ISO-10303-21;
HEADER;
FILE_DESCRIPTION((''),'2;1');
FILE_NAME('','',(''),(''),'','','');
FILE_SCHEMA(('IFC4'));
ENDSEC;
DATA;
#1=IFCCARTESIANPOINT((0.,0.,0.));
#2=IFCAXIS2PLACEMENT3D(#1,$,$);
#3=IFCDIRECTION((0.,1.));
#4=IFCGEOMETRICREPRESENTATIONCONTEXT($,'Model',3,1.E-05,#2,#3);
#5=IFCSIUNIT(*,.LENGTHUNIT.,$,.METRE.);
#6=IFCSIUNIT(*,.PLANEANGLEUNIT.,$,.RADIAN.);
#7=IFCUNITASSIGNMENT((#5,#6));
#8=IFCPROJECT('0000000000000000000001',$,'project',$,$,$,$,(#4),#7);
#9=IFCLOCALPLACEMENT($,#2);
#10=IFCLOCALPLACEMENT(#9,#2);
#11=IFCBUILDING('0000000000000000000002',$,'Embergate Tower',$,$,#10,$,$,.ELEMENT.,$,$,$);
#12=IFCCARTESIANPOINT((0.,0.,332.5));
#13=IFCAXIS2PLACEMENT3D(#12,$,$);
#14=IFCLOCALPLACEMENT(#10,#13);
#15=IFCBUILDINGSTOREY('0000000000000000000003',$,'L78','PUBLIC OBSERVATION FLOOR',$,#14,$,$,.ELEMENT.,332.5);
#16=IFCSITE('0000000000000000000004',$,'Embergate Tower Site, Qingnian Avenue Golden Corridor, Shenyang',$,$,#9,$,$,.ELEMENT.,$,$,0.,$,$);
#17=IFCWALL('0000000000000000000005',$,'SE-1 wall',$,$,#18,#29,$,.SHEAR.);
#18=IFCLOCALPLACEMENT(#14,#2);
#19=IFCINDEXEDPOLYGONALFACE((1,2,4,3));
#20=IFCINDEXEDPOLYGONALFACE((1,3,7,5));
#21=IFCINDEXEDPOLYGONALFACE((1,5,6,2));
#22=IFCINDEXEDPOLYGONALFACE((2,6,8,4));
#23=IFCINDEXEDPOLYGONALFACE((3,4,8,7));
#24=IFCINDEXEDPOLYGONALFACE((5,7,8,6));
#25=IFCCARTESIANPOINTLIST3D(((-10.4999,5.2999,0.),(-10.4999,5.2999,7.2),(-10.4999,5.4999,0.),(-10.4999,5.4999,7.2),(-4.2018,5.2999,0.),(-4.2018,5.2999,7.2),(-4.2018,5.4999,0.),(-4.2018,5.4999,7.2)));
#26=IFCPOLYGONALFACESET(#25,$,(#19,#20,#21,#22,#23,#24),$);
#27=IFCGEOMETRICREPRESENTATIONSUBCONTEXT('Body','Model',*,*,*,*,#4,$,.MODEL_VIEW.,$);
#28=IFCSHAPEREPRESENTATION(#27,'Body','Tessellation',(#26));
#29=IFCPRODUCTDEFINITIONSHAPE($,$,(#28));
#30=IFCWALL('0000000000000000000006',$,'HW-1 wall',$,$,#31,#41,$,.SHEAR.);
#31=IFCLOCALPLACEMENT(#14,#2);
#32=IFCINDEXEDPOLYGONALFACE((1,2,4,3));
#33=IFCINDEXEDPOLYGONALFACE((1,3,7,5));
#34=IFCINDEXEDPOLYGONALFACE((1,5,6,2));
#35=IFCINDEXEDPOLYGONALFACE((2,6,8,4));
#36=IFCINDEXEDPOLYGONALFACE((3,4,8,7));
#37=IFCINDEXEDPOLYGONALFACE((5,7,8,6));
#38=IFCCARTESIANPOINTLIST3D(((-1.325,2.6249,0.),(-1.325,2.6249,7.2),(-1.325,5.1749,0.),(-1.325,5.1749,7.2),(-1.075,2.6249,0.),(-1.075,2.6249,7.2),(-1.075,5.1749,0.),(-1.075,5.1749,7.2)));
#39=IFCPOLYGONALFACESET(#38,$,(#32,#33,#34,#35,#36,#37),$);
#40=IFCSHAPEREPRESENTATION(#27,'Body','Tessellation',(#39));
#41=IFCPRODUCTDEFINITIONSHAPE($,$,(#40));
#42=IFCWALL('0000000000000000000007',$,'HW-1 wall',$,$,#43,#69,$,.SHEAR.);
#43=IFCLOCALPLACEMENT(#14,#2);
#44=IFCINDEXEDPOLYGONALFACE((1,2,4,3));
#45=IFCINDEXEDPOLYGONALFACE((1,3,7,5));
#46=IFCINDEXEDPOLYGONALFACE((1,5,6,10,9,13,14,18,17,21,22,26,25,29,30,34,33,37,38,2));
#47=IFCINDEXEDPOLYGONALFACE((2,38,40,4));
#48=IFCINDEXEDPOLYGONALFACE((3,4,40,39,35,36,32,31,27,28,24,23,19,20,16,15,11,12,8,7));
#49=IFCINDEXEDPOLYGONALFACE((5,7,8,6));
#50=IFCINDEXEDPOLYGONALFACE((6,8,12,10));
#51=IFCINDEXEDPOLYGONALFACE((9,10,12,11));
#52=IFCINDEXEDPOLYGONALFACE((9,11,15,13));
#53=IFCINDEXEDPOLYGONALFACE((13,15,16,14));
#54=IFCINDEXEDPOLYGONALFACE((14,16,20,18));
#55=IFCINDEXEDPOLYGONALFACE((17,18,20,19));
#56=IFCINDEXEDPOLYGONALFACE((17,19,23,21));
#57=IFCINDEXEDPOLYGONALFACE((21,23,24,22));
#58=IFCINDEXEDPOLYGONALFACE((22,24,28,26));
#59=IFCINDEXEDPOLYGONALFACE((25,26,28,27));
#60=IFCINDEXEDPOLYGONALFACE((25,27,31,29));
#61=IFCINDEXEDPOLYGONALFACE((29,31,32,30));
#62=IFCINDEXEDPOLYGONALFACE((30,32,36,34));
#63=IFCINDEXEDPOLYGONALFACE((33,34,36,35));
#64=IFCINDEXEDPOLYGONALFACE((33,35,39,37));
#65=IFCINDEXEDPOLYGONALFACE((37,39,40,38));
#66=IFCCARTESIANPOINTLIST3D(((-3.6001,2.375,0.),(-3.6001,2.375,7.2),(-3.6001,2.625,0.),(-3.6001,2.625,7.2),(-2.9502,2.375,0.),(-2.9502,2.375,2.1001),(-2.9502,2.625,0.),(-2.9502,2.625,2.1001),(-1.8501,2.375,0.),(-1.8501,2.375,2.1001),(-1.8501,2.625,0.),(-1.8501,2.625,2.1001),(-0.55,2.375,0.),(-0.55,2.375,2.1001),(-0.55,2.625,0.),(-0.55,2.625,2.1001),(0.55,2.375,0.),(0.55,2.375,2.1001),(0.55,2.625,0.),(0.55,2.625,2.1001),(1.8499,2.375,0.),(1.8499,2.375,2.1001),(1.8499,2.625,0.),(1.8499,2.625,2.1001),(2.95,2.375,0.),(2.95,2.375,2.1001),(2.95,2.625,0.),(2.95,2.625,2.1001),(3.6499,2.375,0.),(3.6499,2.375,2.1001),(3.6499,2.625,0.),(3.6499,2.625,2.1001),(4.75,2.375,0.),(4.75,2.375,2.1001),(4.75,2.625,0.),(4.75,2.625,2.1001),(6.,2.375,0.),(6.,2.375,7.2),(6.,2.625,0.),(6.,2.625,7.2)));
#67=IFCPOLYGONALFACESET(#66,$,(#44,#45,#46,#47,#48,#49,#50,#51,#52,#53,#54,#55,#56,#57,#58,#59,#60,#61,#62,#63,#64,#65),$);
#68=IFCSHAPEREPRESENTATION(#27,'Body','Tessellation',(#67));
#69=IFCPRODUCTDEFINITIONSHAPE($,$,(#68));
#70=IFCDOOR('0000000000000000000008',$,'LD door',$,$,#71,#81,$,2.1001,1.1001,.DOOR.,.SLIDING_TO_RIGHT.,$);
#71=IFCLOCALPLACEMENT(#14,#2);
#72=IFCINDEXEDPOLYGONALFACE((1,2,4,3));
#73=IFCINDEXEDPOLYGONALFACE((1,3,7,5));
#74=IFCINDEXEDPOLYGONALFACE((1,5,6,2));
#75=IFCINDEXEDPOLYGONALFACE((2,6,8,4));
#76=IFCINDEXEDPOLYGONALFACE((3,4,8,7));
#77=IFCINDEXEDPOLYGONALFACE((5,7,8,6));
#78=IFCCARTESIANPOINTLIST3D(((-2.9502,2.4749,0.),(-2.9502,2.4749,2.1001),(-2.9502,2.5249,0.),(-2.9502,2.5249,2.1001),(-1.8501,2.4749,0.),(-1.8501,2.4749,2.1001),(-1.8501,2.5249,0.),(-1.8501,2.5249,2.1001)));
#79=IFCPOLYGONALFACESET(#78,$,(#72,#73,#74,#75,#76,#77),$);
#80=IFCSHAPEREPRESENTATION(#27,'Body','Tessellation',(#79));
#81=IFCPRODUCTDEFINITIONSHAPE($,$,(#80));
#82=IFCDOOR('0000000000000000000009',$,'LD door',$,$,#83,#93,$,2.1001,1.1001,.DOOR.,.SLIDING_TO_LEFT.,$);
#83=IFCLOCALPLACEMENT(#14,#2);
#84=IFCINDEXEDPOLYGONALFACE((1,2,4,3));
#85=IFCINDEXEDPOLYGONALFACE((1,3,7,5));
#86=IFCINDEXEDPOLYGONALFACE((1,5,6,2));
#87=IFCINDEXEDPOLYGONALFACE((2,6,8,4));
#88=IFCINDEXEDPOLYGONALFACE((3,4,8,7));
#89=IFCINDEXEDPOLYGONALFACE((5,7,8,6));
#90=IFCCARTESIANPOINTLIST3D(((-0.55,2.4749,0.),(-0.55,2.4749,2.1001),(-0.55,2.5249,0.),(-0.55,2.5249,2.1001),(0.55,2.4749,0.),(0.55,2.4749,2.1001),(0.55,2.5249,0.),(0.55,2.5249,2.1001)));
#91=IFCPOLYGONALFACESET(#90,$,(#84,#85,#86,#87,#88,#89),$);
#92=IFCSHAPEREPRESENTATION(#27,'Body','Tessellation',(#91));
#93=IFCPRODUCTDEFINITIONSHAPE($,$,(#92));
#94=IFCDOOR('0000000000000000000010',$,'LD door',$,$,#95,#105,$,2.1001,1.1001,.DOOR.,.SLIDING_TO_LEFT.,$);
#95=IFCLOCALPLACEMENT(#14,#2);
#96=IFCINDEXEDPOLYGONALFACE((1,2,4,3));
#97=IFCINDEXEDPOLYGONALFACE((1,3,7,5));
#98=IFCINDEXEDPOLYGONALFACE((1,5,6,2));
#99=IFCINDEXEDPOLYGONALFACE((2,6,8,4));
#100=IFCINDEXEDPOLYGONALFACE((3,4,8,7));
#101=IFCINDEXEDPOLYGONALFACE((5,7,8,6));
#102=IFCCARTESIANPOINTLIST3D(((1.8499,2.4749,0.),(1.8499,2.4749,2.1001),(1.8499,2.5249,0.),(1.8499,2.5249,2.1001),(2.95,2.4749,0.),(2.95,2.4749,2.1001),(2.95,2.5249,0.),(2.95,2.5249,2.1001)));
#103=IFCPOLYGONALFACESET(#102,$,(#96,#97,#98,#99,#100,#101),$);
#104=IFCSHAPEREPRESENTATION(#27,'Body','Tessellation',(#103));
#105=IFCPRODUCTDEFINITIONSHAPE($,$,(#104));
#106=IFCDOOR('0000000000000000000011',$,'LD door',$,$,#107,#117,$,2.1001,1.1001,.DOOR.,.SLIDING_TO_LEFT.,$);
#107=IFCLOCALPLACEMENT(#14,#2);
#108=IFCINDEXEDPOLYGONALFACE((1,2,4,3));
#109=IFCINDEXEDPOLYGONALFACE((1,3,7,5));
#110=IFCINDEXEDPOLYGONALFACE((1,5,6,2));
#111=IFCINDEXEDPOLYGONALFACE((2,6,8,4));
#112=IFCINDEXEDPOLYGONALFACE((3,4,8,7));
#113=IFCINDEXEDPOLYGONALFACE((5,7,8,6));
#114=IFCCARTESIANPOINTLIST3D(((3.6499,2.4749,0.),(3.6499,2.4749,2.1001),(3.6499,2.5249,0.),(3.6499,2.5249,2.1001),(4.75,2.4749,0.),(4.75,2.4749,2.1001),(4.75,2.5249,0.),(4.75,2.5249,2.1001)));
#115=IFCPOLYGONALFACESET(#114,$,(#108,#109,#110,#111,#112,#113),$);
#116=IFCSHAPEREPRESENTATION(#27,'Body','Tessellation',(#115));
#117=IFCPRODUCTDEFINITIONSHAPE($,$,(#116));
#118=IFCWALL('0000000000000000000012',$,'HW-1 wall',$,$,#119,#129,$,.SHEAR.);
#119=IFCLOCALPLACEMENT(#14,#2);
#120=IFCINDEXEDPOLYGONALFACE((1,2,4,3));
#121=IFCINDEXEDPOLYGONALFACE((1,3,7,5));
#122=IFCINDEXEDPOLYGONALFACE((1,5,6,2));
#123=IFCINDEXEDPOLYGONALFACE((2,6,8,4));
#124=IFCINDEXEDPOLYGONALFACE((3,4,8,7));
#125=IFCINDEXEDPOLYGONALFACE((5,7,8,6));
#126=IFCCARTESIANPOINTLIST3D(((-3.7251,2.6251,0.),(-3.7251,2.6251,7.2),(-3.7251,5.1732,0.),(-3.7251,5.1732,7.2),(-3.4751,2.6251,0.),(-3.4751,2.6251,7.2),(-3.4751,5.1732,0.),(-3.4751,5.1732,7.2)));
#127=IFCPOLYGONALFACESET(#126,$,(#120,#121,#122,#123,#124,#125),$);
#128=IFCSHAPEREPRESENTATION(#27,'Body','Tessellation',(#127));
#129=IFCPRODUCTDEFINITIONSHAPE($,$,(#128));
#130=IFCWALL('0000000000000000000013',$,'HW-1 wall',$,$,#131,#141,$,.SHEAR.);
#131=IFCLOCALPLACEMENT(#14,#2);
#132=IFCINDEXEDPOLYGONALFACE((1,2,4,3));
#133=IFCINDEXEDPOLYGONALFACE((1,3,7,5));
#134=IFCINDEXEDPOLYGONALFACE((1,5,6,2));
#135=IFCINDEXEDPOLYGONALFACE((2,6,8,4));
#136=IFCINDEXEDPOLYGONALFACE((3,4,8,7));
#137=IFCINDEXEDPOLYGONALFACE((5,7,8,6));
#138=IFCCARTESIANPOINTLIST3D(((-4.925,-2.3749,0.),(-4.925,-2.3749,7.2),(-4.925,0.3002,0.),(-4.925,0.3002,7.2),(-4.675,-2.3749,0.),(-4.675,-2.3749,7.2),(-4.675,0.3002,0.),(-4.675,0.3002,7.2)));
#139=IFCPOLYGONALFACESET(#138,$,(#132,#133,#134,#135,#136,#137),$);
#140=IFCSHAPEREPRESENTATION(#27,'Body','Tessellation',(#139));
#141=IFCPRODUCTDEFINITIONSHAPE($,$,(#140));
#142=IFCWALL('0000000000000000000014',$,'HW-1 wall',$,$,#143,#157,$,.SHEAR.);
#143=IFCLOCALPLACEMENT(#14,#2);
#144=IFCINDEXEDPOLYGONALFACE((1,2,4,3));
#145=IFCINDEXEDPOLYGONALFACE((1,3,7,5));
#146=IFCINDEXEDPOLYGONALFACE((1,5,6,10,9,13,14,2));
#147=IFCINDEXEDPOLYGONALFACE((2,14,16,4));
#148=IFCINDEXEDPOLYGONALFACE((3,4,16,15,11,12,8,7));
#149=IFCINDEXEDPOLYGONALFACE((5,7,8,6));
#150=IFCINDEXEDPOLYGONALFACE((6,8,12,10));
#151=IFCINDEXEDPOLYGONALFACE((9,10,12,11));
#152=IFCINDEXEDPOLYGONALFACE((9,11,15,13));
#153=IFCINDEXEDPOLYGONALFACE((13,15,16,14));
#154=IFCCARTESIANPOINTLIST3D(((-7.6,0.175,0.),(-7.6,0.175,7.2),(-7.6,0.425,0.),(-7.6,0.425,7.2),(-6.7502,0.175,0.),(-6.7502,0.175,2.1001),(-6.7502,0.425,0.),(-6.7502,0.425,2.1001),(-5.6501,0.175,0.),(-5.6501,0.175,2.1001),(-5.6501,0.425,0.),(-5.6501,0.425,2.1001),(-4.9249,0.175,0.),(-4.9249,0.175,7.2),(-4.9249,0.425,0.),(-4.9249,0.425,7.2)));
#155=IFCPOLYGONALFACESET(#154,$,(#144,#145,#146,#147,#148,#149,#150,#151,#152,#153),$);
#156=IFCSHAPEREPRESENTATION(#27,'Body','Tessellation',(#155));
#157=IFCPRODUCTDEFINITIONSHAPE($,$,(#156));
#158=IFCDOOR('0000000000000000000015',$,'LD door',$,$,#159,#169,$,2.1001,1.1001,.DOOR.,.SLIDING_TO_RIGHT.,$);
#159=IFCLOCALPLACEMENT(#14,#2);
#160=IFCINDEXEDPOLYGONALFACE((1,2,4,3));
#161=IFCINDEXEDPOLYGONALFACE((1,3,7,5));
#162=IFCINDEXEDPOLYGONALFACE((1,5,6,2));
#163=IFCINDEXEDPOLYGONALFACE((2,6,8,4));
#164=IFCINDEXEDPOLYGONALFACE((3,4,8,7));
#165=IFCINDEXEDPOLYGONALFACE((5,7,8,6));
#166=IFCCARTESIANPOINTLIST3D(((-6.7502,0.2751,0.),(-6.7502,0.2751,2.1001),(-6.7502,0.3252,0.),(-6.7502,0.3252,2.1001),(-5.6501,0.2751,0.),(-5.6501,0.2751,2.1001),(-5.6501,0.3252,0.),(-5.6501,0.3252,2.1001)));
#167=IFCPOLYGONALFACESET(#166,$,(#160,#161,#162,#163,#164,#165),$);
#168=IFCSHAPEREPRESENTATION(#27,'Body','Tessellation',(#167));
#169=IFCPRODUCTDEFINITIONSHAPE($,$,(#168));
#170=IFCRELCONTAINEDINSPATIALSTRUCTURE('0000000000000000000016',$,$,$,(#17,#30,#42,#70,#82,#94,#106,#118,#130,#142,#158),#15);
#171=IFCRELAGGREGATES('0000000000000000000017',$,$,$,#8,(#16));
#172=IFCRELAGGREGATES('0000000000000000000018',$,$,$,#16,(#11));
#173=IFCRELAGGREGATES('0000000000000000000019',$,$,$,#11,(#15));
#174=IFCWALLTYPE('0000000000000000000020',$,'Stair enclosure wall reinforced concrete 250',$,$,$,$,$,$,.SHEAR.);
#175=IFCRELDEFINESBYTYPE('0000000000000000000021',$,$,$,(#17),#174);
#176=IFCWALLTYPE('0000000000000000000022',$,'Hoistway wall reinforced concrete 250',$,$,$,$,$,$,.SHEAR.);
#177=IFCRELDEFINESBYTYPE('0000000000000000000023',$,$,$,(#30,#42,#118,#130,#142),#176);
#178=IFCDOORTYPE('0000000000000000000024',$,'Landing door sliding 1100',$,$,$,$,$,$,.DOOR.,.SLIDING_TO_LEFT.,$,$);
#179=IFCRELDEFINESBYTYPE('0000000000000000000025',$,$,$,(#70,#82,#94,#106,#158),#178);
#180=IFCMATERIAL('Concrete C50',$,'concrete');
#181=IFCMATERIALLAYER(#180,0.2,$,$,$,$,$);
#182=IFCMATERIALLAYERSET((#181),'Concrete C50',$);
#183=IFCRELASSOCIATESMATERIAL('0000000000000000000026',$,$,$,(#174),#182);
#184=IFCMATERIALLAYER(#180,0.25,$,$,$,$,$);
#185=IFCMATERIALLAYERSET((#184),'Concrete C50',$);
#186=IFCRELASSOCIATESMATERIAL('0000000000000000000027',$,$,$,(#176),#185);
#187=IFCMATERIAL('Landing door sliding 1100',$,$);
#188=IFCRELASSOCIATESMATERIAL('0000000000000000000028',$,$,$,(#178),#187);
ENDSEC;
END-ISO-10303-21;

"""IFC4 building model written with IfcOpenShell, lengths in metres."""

from ifc_helpers import new_model, si_unit, direction, frame, frame_2d, origin, place, context, subcontext, project, spatial, rectangle, extrude, source, transform, mapped, material, layer, layer_set, type_object, element, fill, save


model = new_model("IFC4")

# Units and contexts
model_context = context("Model", 3, precision=1e-05, world=origin(), true_north=direction((0.0, 1.0)))
body_context = subcontext(model_context, "Body", "Model", "MODEL_VIEW")
ifc_project = project(units=[si_unit("LENGTHUNIT", "METRE"), si_unit("PLANEANGLEUNIT", "RADIAN")], contexts=[model_context])

# Site, building, storey
site_placement = place(None, origin())
site = spatial("IfcSite", under=ifc_project, at=site_placement, Name="Embergate Tower Site, Qingnian Avenue Golden Corridor, Shenyang", CompositionType="ELEMENT", RefElevation=0.0)
building_placement = place(site_placement, origin())
building = spatial("IfcBuilding", under=site, at=building_placement, Name="Embergate Tower", CompositionType="ELEMENT")
storey_placement = place(building_placement, frame((0.0, 0.0, 332.5)))
storey = spatial("IfcBuildingStorey", under=building, at=storey_placement, Name="L78", Description="PUBLIC OBSERVATION FLOOR", CompositionType="ELEMENT", Elevation=332.5)

# Walls
ifc_material_1 = material(Name="Concrete C50", Category="concrete")
ifc_layer_1 = layer(ifc_material_1, 0.2)
ifc_layer_set_1 = layer_set([ifc_layer_1], Name="Concrete C50")
wall_type_1 = type_object("IfcWallType", Name="Stair enclosure wall reinforced concrete 250", PredefinedType="SHEAR", material=ifc_layer_set_1)
shared_shape_1 = source(origin(), body_context, "Body", "SweptSolid", [
    extrude(rectangle(XDim=6.2981, YDim=0.2, at=frame_2d((3.1489, 0.0))), origin(), (0.0, 0.0, 1.0), 7.2),
])
wall_1_placement = place(storey_placement, frame((-4.2019, 5.3999, 0.0), z_axis=(0.0, 0.0, 1.0), x_axis=(-1.0, 0.0, 0.0)))
element("IfcWall", 1, at=wall_1_placement, inside=storey, type_object=wall_type_1, Name="SE-1 wall", PredefinedType="SHEAR", context=body_context, shape_type="MappedRepresentation", body=[
    mapped(shared_shape_1, transform((0.0, 0.0, 0.0))),
])
ifc_layer_2 = layer(ifc_material_1, 0.25)
ifc_layer_set_2 = layer_set([ifc_layer_2], Name="Concrete C50")
wall_type_2 = type_object("IfcWallType", Name="Hoistway wall reinforced concrete 250", PredefinedType="SHEAR", material=ifc_layer_set_2)
shared_shape_2 = source(origin(), body_context, "Body", "SweptSolid", [
    extrude(rectangle(XDim=2.55, YDim=0.25, at=frame_2d((1.2749, 0.0))), origin(), (0.0, 0.0, 1.0), 7.2),
])
wall_2_placement = place(storey_placement, frame((-1.2, 2.625, 0.0), z_axis=(0.0, 0.0, 1.0), x_axis=(0.0, 1.0, 0.0)))
element("IfcWall", 2, at=wall_2_placement, inside=storey, type_object=wall_type_2, Name="HW-1 wall", PredefinedType="SHEAR", context=body_context, shape_type="MappedRepresentation", body=[
    mapped(shared_shape_2, transform((0.0, 0.0, 0.0))),
])

# Wall, openings, doors
shared_shape_3 = source(origin(), body_context, "Body", "SweptSolid", [
    extrude(rectangle(XDim=9.6001, YDim=0.25, at=frame_2d((4.8, 0.0))), origin(), (0.0, 0.0, 1.0), 7.2),
])
wall_3_placement = place(storey_placement, frame((-3.6001, 2.5, 0.0), z_axis=(0.0, 0.0, 1.0), x_axis=(1.0, 0.0, 0.0)))
wall_3 = element("IfcWall", 3, at=wall_3_placement, inside=storey, type_object=wall_type_2, Name="HW-1 wall", PredefinedType="SHEAR", context=body_context, shape_type="MappedRepresentation", body=[
    mapped(shared_shape_3, transform((0.0, 0.0, 0.0))),
])
shared_shape_4 = source(origin(), body_context, "Body", "SweptSolid", [
    extrude(rectangle(XDim=1.1001, YDim=2.1001, at=frame_2d((0.55, 1.05))), frame((0.0, 0.135, 0.0), z_axis=(0.0, -1.0, 0.0), x_axis=(1.0, 0.0, 0.0)), (0.0, 0.0, 1.0), 0.27),
])
opening_1_placement = place(wall_3_placement, frame((0.6499, 0.0, 0.0)))
opening_1 = element("IfcOpeningElement", 4, at=opening_1_placement, cuts=wall_3, PredefinedType="OPENING", context=body_context, shape_type="MappedRepresentation", body=[
    mapped(shared_shape_4, transform((0.0, 0.0, 0.0))),
])
opening_2_placement = place(wall_3_placement, frame((3.05, 0.0, 0.0)))
opening_2 = element("IfcOpeningElement", 5, at=opening_2_placement, cuts=wall_3, PredefinedType="OPENING", context=body_context, shape_type="MappedRepresentation", body=[
    mapped(shared_shape_4, transform((0.0, 0.0, 0.0))),
])
opening_3_placement = place(wall_3_placement, frame((5.45, 0.0, 0.0)))
opening_3 = element("IfcOpeningElement", 6, at=opening_3_placement, cuts=wall_3, PredefinedType="OPENING", context=body_context, shape_type="MappedRepresentation", body=[
    mapped(shared_shape_4, transform((0.0, 0.0, 0.0))),
])
opening_4_placement = place(wall_3_placement, frame((7.25, 0.0, 0.0)))
opening_4 = element("IfcOpeningElement", 7, at=opening_4_placement, cuts=wall_3, PredefinedType="OPENING", context=body_context, shape_type="MappedRepresentation", body=[
    mapped(shared_shape_4, transform((0.0, 0.0, 0.0))),
])
ifc_material_2 = material(Name="Landing door sliding 1100")
door_type_1 = type_object("IfcDoorType", Name="Landing door sliding 1100", OperationType="SLIDING_TO_LEFT", PredefinedType="DOOR", material=ifc_material_2)
shared_shape_5 = source(origin(), body_context, "Body", "SweptSolid", [
    extrude(rectangle(XDim=1.1001, YDim=2.1001, at=frame_2d((0.55, 1.05))), frame((0.0, 0.0249, 0.0), z_axis=(0.0, -1.0, 0.0), x_axis=(1.0, 0.0, 0.0)), (0.0, 0.0, 1.0), 0.05),
])
door_1_placement = place(opening_1_placement, origin())
door_1 = element("IfcDoor", 8, at=door_1_placement, inside=storey, type_object=door_type_1, Name="LD door", OperationType="SLIDING_TO_RIGHT", OverallHeight=2.1001, OverallWidth=1.1001, PredefinedType="DOOR", context=body_context, shape_type="MappedRepresentation", body=[
    mapped(shared_shape_5, transform((0.0, 0.0, 0.0))),
])
fill(opening_1, door_1)
door_2_placement = place(opening_2_placement, origin())
door_2 = element("IfcDoor", 9, at=door_2_placement, inside=storey, type_object=door_type_1, Name="LD door", OperationType="SLIDING_TO_LEFT", OverallHeight=2.1001, OverallWidth=1.1001, PredefinedType="DOOR", context=body_context, shape_type="MappedRepresentation", body=[
    mapped(shared_shape_5, transform((0.0, 0.0, 0.0))),
])
fill(opening_2, door_2)
door_3_placement = place(opening_3_placement, origin())
door_3 = element("IfcDoor", 10, at=door_3_placement, inside=storey, type_object=door_type_1, Name="LD door", OperationType="SLIDING_TO_LEFT", OverallHeight=2.1001, OverallWidth=1.1001, PredefinedType="DOOR", context=body_context, shape_type="MappedRepresentation", body=[
    mapped(shared_shape_5, transform((0.0, 0.0, 0.0))),
])
fill(opening_3, door_3)
door_4_placement = place(opening_4_placement, origin())
door_4 = element("IfcDoor", 11, at=door_4_placement, inside=storey, type_object=door_type_1, Name="LD door", OperationType="SLIDING_TO_LEFT", OverallHeight=2.1001, OverallWidth=1.1001, PredefinedType="DOOR", context=body_context, shape_type="MappedRepresentation", body=[
    mapped(shared_shape_5, transform((0.0, 0.0, 0.0))),
])
fill(opening_4, door_4)

# Walls
shared_shape_6 = source(origin(), body_context, "Body", "SweptSolid", [
    extrude(rectangle(XDim=2.5481, YDim=0.25, at=frame_2d((1.2739, 0.0))), origin(), (0.0, 0.0, 1.0), 7.2),
])
wall_4_placement = place(storey_placement, frame((-3.6001, 5.1731, 0.0), z_axis=(0.0, 0.0, 1.0), x_axis=(0.0, -1.0, 0.0)))
element("IfcWall", 12, at=wall_4_placement, inside=storey, type_object=wall_type_2, Name="HW-1 wall", PredefinedType="SHEAR", context=body_context, shape_type="MappedRepresentation", body=[
    mapped(shared_shape_6, transform((0.0, 0.0, 0.0))),
])
shared_shape_7 = source(origin(), body_context, "Body", "SweptSolid", [
    extrude(rectangle(XDim=2.675, YDim=0.25, at=frame_2d((1.3374, 0.0))), origin(), (0.0, 0.0, 1.0), 7.2),
])
wall_5_placement = place(storey_placement, frame((-4.8, 0.3, 0.0), z_axis=(0.0, 0.0, 1.0), x_axis=(0.0, -1.0, 0.0)))
element("IfcWall", 13, at=wall_5_placement, inside=storey, type_object=wall_type_2, Name="HW-1 wall", PredefinedType="SHEAR", context=body_context, shape_type="MappedRepresentation", body=[
    mapped(shared_shape_7, transform((0.0, 0.0, 0.0))),
])

# Wall, opening, door
wall_6_placement = place(storey_placement, frame((-4.925, 0.3, 0.0), z_axis=(0.0, 0.0, 1.0), x_axis=(-1.0, 0.0, 0.0)))
wall_6 = element("IfcWall", 14, at=wall_6_placement, inside=storey, type_object=wall_type_2, Name="HW-1 wall", PredefinedType="SHEAR", context=body_context, shape_type="MappedRepresentation", body=[
    mapped(shared_shape_7, transform((0.0, 0.0, 0.0))),
])
opening_5_placement = place(wall_6_placement, frame((0.7251, 0.0, 0.0)))
opening_5 = element("IfcOpeningElement", 15, at=opening_5_placement, cuts=wall_6, PredefinedType="OPENING", context=body_context, shape_type="MappedRepresentation", body=[
    mapped(shared_shape_4, transform((0.0, 0.0, 0.0))),
])
door_5_placement = place(opening_5_placement, origin())
door_5 = element("IfcDoor", 16, at=door_5_placement, inside=storey, type_object=door_type_1, Name="LD door", OperationType="SLIDING_TO_RIGHT", OverallHeight=2.1001, OverallWidth=1.1001, PredefinedType="DOOR", context=body_context, shape_type="MappedRepresentation", body=[
    mapped(shared_shape_5, transform((0.0, 0.0, 0.0))),
])
fill(opening_5, door_5)

save(model, "model.ifc")
